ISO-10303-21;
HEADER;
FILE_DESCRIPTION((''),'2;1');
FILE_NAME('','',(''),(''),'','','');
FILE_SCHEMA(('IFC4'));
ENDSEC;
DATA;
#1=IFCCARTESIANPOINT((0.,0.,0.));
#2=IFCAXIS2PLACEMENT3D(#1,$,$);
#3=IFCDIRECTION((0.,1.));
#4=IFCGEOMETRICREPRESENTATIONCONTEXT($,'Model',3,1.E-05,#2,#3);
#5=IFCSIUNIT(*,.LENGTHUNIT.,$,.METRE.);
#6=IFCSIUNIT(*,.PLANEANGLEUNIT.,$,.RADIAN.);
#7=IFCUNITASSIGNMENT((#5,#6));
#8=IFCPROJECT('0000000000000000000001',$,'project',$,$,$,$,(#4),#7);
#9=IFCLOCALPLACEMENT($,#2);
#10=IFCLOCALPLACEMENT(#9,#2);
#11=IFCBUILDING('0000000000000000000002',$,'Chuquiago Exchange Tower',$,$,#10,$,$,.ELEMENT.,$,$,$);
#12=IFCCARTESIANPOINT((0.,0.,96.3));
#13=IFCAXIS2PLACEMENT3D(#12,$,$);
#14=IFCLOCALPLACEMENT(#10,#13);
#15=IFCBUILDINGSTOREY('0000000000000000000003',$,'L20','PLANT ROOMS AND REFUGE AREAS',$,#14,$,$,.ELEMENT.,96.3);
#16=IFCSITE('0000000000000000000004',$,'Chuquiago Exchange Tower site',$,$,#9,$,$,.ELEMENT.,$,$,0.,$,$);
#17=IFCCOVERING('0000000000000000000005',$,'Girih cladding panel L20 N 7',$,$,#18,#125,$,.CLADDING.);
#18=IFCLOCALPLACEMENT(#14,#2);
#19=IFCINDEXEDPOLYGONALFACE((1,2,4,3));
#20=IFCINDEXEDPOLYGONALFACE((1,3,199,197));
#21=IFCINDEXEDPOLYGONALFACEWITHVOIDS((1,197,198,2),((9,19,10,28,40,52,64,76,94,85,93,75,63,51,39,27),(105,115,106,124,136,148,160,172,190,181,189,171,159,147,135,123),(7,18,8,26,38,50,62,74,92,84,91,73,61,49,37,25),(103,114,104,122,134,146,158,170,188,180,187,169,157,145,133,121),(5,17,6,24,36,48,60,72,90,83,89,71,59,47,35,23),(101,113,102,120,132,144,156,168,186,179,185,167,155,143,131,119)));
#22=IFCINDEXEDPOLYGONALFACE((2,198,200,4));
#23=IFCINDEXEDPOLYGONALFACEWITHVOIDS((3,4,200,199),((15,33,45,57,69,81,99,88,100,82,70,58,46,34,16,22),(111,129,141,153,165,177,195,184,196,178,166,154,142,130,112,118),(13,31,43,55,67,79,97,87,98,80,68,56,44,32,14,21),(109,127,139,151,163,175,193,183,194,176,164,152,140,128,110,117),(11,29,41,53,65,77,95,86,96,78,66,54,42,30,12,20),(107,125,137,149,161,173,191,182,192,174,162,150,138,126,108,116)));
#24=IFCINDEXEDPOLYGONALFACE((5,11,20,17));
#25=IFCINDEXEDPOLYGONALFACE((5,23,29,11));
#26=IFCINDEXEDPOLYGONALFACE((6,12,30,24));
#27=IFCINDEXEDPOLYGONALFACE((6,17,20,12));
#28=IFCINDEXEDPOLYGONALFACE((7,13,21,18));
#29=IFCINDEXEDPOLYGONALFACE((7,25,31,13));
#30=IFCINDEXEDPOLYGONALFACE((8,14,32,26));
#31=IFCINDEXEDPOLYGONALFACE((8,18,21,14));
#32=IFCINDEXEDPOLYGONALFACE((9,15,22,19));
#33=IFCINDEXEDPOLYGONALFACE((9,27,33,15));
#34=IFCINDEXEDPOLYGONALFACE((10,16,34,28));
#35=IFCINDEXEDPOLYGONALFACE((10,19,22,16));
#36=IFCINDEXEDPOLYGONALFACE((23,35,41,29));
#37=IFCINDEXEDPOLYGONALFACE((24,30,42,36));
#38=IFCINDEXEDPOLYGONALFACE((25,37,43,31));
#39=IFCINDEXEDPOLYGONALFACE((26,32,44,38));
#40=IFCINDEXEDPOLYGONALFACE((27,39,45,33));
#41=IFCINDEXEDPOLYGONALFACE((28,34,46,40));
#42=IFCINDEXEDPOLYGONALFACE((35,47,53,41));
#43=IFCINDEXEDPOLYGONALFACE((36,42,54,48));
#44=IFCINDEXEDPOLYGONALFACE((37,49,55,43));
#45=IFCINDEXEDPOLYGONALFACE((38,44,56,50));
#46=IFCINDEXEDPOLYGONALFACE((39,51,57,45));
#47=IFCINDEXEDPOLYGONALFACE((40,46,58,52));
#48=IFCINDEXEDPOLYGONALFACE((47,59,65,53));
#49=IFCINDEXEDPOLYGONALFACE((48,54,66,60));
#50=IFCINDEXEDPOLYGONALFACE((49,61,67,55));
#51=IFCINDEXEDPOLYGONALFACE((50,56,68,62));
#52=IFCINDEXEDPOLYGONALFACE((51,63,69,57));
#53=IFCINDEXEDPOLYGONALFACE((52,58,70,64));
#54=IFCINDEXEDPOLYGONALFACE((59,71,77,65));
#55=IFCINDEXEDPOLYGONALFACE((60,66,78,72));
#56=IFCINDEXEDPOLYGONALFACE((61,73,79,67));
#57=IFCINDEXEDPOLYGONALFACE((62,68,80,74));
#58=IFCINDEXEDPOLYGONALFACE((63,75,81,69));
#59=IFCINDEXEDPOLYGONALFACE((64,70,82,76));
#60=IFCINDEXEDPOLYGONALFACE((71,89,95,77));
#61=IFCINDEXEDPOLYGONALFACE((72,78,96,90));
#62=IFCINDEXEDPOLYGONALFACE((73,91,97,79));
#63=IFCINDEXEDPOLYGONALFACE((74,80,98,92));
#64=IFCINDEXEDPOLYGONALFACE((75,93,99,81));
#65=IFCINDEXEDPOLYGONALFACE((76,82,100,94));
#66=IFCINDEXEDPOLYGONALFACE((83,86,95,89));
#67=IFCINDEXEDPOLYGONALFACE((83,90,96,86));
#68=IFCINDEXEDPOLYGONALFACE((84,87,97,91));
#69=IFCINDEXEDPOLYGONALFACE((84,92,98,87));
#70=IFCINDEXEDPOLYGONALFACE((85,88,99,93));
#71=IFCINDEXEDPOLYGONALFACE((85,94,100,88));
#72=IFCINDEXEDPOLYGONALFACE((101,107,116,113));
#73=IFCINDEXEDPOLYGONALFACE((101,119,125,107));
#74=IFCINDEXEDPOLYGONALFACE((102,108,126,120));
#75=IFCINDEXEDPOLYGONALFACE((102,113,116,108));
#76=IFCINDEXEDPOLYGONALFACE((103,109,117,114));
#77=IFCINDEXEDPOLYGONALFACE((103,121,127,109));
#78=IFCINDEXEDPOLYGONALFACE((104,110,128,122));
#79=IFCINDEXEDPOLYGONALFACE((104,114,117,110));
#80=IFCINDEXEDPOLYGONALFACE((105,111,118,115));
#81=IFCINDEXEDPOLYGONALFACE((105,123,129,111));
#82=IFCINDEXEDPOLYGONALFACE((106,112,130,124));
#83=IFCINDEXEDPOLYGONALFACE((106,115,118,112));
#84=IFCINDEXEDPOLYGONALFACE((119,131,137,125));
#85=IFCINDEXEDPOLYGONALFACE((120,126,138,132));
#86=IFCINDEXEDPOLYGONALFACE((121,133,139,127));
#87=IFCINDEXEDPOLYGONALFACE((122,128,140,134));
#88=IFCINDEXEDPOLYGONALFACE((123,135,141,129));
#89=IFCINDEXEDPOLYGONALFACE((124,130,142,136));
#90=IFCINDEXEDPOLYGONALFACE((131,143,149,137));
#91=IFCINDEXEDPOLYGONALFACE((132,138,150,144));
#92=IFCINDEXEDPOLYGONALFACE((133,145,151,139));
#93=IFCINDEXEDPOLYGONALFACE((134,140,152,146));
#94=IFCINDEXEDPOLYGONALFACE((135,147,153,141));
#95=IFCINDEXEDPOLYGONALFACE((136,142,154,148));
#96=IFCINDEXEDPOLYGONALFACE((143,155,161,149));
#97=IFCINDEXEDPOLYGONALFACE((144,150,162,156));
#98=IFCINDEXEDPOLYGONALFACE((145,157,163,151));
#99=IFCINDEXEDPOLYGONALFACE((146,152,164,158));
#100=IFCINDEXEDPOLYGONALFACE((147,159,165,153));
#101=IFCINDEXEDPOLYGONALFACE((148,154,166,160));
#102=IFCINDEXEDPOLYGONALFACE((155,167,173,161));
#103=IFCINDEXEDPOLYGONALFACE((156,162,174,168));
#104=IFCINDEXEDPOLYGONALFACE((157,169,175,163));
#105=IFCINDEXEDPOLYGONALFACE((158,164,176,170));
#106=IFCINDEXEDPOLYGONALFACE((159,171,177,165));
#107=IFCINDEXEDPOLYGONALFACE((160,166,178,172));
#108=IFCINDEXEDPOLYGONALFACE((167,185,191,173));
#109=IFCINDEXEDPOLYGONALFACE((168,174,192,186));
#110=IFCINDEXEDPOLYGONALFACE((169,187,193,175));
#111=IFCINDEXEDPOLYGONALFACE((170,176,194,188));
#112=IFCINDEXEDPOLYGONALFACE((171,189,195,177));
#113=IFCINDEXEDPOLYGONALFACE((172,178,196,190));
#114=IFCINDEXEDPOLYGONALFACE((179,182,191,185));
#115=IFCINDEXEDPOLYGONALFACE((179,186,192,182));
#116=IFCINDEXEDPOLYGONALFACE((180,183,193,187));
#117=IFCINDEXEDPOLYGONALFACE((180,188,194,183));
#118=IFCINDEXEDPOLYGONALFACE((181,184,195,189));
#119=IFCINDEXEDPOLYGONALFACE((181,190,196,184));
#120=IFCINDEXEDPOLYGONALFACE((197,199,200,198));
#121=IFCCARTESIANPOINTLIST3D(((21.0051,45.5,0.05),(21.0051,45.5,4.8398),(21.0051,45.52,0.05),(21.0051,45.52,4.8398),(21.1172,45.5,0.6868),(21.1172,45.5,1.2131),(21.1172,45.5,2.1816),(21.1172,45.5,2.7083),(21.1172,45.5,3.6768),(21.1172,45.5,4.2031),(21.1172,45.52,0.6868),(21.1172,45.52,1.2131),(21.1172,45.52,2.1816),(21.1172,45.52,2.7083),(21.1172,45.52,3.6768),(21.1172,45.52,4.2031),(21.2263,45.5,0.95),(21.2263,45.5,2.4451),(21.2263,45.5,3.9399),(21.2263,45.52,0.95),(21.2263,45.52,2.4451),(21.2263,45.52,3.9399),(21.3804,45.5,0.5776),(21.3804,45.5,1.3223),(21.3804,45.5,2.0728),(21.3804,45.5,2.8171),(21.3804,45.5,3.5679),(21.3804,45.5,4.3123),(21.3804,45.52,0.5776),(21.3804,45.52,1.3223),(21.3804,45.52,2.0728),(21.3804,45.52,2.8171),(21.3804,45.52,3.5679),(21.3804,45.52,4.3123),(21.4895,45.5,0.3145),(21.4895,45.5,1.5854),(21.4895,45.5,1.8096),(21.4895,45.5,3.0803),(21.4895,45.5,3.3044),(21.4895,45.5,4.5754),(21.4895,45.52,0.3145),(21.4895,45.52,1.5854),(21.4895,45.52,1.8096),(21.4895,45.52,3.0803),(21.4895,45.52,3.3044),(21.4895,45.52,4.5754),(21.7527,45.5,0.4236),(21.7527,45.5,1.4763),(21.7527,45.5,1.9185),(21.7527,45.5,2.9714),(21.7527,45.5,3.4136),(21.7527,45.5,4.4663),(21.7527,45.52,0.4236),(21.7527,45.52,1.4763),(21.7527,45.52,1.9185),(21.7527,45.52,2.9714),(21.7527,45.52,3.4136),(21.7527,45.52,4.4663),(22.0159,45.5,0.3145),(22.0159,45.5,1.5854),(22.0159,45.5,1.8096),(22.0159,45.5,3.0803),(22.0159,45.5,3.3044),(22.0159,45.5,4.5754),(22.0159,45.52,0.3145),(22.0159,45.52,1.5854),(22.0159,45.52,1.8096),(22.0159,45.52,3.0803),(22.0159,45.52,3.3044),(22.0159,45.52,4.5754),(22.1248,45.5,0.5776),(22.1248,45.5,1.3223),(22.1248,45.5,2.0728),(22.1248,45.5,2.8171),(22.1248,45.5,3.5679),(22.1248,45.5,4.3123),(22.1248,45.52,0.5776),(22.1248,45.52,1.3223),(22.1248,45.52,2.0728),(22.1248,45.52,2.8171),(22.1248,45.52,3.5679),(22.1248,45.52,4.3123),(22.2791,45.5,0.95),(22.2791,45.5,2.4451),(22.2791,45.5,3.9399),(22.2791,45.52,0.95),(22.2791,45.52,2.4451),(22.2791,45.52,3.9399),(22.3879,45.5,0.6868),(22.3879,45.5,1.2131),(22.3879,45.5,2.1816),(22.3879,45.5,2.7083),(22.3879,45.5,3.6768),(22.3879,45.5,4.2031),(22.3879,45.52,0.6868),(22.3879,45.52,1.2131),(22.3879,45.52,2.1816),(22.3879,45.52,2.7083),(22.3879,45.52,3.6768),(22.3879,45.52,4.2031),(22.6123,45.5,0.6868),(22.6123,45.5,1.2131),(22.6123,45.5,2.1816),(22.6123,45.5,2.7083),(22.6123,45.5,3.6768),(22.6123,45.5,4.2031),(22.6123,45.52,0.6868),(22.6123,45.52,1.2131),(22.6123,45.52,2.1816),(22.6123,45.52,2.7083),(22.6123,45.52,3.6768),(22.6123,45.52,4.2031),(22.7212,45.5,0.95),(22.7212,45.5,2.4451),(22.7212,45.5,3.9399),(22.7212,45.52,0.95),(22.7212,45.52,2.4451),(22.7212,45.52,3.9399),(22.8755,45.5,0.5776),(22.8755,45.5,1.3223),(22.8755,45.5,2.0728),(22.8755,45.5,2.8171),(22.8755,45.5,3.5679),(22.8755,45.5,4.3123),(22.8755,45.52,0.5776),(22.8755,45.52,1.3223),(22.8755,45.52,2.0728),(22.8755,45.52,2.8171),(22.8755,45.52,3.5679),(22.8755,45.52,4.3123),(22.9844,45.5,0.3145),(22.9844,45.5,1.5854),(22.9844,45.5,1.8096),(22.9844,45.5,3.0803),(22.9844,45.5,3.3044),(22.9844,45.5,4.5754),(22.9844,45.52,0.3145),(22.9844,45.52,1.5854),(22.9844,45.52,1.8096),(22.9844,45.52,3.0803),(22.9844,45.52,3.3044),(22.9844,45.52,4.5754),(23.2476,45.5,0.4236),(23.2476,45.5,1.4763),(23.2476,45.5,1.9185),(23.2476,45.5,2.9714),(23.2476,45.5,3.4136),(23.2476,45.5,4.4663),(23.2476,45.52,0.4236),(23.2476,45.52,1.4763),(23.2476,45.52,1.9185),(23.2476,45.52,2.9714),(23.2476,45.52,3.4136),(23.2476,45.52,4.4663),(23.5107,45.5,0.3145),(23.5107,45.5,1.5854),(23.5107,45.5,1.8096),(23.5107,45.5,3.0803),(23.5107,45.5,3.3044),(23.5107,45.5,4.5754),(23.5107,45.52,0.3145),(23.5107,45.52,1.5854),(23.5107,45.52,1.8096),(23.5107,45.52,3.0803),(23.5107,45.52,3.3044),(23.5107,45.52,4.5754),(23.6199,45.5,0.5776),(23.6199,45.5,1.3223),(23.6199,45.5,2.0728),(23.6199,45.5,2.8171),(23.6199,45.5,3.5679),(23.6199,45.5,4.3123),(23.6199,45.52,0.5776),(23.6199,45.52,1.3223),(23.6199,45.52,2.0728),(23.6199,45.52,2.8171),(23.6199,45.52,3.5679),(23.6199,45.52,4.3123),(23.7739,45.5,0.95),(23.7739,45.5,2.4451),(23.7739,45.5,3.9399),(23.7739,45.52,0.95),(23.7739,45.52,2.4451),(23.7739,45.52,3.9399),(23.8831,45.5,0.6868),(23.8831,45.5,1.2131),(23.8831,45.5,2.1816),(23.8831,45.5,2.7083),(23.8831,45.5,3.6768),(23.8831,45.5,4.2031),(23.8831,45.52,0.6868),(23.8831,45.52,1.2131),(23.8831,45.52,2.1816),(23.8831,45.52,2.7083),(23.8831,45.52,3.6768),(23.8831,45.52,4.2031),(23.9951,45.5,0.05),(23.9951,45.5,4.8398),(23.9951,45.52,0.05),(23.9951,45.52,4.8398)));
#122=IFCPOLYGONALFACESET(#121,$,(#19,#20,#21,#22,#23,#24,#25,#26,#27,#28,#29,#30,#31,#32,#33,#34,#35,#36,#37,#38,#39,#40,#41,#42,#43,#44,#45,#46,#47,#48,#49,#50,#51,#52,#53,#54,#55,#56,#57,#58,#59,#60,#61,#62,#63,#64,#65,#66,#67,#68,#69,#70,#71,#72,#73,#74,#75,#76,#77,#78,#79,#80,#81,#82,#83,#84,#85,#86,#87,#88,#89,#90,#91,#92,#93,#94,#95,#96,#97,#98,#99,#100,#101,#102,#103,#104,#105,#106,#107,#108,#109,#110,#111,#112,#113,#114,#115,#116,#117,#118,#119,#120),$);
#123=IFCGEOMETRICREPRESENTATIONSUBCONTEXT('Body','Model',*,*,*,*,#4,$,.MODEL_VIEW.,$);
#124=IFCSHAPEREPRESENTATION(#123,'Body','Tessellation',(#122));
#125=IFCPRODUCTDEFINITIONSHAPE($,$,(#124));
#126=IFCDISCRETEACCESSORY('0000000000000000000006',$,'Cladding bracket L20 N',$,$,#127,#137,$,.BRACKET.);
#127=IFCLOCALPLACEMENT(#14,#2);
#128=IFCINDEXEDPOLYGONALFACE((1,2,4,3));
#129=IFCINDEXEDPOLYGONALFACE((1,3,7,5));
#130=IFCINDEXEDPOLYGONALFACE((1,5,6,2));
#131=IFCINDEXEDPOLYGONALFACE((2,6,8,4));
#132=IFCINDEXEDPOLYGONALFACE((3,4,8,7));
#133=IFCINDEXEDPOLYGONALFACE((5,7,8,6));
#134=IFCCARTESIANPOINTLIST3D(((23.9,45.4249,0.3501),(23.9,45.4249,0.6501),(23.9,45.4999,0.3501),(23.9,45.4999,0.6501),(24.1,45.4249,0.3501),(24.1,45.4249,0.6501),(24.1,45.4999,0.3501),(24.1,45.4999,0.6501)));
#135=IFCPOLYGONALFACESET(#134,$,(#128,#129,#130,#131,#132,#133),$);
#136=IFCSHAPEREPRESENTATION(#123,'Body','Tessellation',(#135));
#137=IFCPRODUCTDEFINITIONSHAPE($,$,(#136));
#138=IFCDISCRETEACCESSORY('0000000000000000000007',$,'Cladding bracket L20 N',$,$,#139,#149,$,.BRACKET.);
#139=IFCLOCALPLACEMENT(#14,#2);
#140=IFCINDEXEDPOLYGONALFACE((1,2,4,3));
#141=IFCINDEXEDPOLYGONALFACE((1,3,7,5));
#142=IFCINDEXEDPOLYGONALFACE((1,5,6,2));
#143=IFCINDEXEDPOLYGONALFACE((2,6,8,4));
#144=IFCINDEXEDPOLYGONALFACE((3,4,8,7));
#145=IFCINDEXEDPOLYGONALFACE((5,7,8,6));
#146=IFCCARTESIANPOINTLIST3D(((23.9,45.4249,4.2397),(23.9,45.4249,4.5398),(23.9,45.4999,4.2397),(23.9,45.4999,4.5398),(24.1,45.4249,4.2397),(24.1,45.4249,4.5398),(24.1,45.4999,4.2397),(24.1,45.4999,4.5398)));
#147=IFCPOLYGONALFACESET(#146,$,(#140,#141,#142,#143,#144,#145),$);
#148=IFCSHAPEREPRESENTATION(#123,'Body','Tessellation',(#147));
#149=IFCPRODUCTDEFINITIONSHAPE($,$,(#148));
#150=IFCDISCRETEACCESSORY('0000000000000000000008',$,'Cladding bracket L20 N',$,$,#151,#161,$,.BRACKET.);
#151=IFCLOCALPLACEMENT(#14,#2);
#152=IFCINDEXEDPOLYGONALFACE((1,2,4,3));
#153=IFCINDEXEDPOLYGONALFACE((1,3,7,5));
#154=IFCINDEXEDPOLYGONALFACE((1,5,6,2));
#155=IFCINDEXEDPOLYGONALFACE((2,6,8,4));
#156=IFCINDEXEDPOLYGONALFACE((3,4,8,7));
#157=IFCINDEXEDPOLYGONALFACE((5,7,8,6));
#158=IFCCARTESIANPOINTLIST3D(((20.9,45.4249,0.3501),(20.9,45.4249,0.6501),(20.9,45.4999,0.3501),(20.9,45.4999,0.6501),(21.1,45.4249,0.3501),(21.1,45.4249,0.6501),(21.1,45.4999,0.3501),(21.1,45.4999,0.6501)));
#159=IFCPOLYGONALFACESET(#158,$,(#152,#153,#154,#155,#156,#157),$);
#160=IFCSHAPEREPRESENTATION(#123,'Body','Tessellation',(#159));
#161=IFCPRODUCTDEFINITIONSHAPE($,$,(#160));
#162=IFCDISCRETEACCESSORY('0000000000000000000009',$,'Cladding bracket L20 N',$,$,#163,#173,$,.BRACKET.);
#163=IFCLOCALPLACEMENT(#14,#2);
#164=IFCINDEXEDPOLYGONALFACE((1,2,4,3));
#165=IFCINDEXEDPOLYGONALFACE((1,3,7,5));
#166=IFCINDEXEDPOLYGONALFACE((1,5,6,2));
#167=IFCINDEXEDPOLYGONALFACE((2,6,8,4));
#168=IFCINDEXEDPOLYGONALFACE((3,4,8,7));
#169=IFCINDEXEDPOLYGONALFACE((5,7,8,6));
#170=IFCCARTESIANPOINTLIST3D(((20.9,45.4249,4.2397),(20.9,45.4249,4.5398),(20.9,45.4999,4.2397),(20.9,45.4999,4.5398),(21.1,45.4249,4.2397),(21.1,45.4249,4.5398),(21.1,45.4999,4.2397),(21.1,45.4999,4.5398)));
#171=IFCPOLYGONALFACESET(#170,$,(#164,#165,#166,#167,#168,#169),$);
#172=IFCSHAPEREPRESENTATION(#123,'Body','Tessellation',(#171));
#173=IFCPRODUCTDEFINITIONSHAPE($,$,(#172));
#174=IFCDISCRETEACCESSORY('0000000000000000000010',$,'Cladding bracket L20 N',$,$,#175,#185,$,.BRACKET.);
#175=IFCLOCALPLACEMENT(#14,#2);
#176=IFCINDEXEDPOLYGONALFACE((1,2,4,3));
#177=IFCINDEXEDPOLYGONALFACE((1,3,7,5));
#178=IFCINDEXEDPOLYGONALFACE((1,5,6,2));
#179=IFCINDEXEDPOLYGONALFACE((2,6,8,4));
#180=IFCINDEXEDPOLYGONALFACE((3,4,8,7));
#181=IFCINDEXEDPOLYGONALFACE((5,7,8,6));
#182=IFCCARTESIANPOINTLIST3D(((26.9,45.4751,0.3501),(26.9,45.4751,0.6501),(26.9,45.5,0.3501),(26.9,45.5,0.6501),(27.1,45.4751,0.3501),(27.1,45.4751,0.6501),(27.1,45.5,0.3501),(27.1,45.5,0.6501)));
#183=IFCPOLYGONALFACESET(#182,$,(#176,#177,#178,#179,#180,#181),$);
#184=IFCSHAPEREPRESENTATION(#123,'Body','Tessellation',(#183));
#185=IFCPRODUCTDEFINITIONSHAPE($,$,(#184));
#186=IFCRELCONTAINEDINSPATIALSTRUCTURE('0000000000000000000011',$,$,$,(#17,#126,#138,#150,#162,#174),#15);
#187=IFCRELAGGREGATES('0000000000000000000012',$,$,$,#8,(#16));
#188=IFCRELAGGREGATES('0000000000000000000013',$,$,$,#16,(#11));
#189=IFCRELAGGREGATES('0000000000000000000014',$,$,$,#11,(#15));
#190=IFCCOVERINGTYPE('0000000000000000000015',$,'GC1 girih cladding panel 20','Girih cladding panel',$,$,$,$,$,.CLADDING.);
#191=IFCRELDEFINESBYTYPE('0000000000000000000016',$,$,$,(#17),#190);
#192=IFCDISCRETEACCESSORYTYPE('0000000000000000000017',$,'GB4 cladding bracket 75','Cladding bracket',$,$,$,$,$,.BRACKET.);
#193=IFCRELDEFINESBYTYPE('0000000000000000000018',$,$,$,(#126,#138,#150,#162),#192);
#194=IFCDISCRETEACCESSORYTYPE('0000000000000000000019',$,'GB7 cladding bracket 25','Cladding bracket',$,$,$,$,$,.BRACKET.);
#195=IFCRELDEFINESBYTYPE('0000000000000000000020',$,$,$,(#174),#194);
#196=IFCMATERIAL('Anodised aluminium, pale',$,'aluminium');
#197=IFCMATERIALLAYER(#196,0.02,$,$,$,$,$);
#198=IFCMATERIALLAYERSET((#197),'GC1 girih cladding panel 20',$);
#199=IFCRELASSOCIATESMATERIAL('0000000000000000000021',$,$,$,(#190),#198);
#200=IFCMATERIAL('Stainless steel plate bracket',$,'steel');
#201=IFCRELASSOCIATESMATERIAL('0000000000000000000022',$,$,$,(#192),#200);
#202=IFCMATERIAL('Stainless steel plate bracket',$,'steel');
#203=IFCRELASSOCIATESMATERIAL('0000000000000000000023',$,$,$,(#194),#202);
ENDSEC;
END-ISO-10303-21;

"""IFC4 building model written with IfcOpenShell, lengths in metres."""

from ifc_helpers import new_model, si_unit, direction, frame, origin, origin_2d, place, context, subcontext, project, spatial, polyline, rectangle, outline, extrude, material, layer, layer_set, type_object, element, save


model = new_model("IFC4")

# Units and contexts
model_context = context("Model", 3, precision=1e-05, world=origin(), true_north=direction((0.0, 1.0)))
body_context = subcontext(model_context, "Body", "Model", "MODEL_VIEW")
ifc_project = project(units=[si_unit("LENGTHUNIT", "METRE"), si_unit("PLANEANGLEUNIT", "RADIAN")], contexts=[model_context])

# Site, building, storey
site_placement = place(None, origin())
site = spatial("IfcSite", under=ifc_project, at=site_placement, Name="Chuquiago Exchange Tower site", CompositionType="ELEMENT", RefElevation=0.0)
building_placement = place(site_placement, origin())
building = spatial("IfcBuilding", under=site, at=building_placement, Name="Chuquiago Exchange Tower", CompositionType="ELEMENT")
storey_placement = place(building_placement, frame((0.0, 0.0, 96.3)))
storey = spatial("IfcBuildingStorey", under=building, at=storey_placement, Name="L20", Description="PLANT ROOMS AND REFUGE AREAS", CompositionType="ELEMENT", Elevation=96.3)

# Covering
ifc_material_1 = material(Name="Anodised aluminium, pale", Category="aluminium")
ifc_layer_1 = layer(ifc_material_1, 0.02)
ifc_layer_set_1 = layer_set([ifc_layer_1], Name="GC1 girih cladding panel 20")
covering_type = type_object("IfcCoveringType", Name="GC1 girih cladding panel 20", Description="Girih cladding panel", PredefinedType="CLADDING", material=ifc_layer_set_1)
covering_1_placement = place(storey_placement, frame((23.9951, 45.5, 0.05), z_axis=(0.0, 0.0, 1.0), x_axis=(-1.0, 0.0, 0.0)))
element("IfcCovering", 1, at=covering_1_placement, inside=storey, type_object=covering_type, Name="Girih cladding panel L20 N 7", PredefinedType="CLADDING", context=body_context, shape_type="SweptSolid", body=[
    extrude(outline(polyline([(0.0, 0.0), (2.99, 0.0), (2.99, 4.7898), (0.0, 4.7898), (0.0, 0.0)]), holes=[polyline([(1.2739, 0.8999), (1.3828, 1.1631), (1.1196, 1.2722), (1.0107, 1.5354), (0.7476, 1.4263), (0.4844, 1.5354), (0.3752, 1.2722), (0.1121, 1.1631), (0.2212, 0.8999), (0.1121, 0.6367), (0.3752, 0.5276), (0.4844, 0.2644), (0.7476, 0.3735), (1.0107, 0.2644), (1.1196, 0.5276), (1.3828, 0.6367), (1.2739, 0.8999)]), polyline([(2.7688, 0.8999), (2.8779, 1.1631), (2.6147, 1.2722), (2.5056, 1.5354), (2.2424, 1.4263), (1.9792, 1.5354), (1.8704, 1.2722), (1.6072, 1.1631), (1.7161, 0.8999), (1.6072, 0.6367), (1.8704, 0.5276), (1.9792, 0.2644), (2.2424, 0.3735), (2.5056, 0.2644), (2.6147, 0.5276), (2.8779, 0.6367), (2.7688, 0.8999)]), polyline([(1.2739, 2.395), (1.3828, 2.6582), (1.1196, 2.7671), (1.0107, 3.0303), (0.7476, 2.9214), (0.4844, 3.0303), (0.3752, 2.7671), (0.1121, 2.6582), (0.2212, 2.395), (0.1121, 2.1316), (0.3752, 2.0227), (0.4844, 1.7595), (0.7476, 1.8684), (1.0107, 1.7595), (1.1196, 2.0227), (1.3828, 2.1316), (1.2739, 2.395)]), polyline([(2.7688, 2.395), (2.8779, 2.6582), (2.6147, 2.7671), (2.5056, 3.0303), (2.2424, 2.9214), (1.9792, 3.0303), (1.8704, 2.7671), (1.6072, 2.6582), (1.7161, 2.395), (1.6072, 2.1316), (1.8704, 2.0227), (1.9792, 1.7595), (2.2424, 1.8684), (2.5056, 1.7595), (2.6147, 2.0227), (2.8779, 2.1316), (2.7688, 2.395)]), polyline([(1.2739, 3.8899), (1.3828, 4.1531), (1.1196, 4.2622), (1.0107, 4.5254), (0.7476, 4.4163), (0.4844, 4.5254), (0.3752, 4.2622), (0.1121, 4.1531), (0.2212, 3.8899), (0.1121, 3.6267), (0.3752, 3.5178), (0.4844, 3.2544), (0.7476, 3.3635), (1.0107, 3.2544), (1.1196, 3.5178), (1.3828, 3.6267), (1.2739, 3.8899)]), polyline([(2.7688, 3.8899), (2.8779, 4.1531), (2.6147, 4.2622), (2.5056, 4.5254), (2.2424, 4.4163), (1.9792, 4.5254), (1.8704, 4.2622), (1.6072, 4.1531), (1.7161, 3.8899), (1.6072, 3.6267), (1.8704, 3.5178), (1.9792, 3.2544), (2.2424, 3.3635), (2.5056, 3.2544), (2.6147, 3.5178), (2.8779, 3.6267), (2.7688, 3.8899)])]), frame((0.0, 0.0, 0.0), z_axis=(0.0, -1.0, 0.0), x_axis=(1.0, 0.0, 0.0)), (0.0, 0.0, 1.0), 0.02),
])

# Discrete accessories
ifc_material_2 = material(Name="Stainless steel plate bracket", Category="steel")
discrete_accessory_type_1 = type_object("IfcDiscreteAccessoryType", Name="GB4 cladding bracket 75", Description="Cladding bracket", PredefinedType="BRACKET", material=ifc_material_2)
for number, where, z_axis, x_axis, name in (
    (2, (24.0, 45.4624, 0.3501), (0.0, 0.0, 1.0), (-1.0, 0.0, 0.0), "Cladding bracket L20 N"),
    (3, (24.0, 45.4624, 4.2397), (0.0, 0.0, 1.0), (-1.0, 0.0, 0.0), "Cladding bracket L20 N"),
    (4, (21.0, 45.4624, 0.3501), (0.0, 0.0, 1.0), (-1.0, 0.0, 0.0), "Cladding bracket L20 N"),
    (5, (21.0, 45.4624, 4.2397), (0.0, 0.0, 1.0), (-1.0, 0.0, 0.0), "Cladding bracket L20 N"),
):
    element("IfcDiscreteAccessory", number, at=place(storey_placement, frame(where, z_axis=z_axis, x_axis=x_axis)), inside=storey, type_object=discrete_accessory_type_1, Name=name, PredefinedType="BRACKET", context=body_context, shape_type="SweptSolid", body=[
        extrude(rectangle(XDim=0.2, YDim=0.075, at=origin_2d()), origin(), (0.0, 0.0, 1.0), 0.3),
    ])
ifc_material_3 = material(Name="Stainless steel plate bracket", Category="steel")
discrete_accessory_type_2 = type_object("IfcDiscreteAccessoryType", Name="GB7 cladding bracket 25", Description="Cladding bracket", PredefinedType="BRACKET", material=ifc_material_3)
for number, where, z_axis, x_axis, name in (
    (6, (27.0, 45.4875, 0.3501), (0.0, 0.0, 1.0), (-1.0, 0.0, 0.0), "Cladding bracket L20 N"),
):
    element("IfcDiscreteAccessory", number, at=place(storey_placement, frame(where, z_axis=z_axis, x_axis=x_axis)), inside=storey, type_object=discrete_accessory_type_2, Name=name, PredefinedType="BRACKET", context=body_context, shape_type="SweptSolid", body=[
        extrude(rectangle(XDim=0.2, YDim=0.0249, at=origin_2d()), origin(), (0.0, 0.0, 1.0), 0.3),
    ])

save(model, "model.ifc")
